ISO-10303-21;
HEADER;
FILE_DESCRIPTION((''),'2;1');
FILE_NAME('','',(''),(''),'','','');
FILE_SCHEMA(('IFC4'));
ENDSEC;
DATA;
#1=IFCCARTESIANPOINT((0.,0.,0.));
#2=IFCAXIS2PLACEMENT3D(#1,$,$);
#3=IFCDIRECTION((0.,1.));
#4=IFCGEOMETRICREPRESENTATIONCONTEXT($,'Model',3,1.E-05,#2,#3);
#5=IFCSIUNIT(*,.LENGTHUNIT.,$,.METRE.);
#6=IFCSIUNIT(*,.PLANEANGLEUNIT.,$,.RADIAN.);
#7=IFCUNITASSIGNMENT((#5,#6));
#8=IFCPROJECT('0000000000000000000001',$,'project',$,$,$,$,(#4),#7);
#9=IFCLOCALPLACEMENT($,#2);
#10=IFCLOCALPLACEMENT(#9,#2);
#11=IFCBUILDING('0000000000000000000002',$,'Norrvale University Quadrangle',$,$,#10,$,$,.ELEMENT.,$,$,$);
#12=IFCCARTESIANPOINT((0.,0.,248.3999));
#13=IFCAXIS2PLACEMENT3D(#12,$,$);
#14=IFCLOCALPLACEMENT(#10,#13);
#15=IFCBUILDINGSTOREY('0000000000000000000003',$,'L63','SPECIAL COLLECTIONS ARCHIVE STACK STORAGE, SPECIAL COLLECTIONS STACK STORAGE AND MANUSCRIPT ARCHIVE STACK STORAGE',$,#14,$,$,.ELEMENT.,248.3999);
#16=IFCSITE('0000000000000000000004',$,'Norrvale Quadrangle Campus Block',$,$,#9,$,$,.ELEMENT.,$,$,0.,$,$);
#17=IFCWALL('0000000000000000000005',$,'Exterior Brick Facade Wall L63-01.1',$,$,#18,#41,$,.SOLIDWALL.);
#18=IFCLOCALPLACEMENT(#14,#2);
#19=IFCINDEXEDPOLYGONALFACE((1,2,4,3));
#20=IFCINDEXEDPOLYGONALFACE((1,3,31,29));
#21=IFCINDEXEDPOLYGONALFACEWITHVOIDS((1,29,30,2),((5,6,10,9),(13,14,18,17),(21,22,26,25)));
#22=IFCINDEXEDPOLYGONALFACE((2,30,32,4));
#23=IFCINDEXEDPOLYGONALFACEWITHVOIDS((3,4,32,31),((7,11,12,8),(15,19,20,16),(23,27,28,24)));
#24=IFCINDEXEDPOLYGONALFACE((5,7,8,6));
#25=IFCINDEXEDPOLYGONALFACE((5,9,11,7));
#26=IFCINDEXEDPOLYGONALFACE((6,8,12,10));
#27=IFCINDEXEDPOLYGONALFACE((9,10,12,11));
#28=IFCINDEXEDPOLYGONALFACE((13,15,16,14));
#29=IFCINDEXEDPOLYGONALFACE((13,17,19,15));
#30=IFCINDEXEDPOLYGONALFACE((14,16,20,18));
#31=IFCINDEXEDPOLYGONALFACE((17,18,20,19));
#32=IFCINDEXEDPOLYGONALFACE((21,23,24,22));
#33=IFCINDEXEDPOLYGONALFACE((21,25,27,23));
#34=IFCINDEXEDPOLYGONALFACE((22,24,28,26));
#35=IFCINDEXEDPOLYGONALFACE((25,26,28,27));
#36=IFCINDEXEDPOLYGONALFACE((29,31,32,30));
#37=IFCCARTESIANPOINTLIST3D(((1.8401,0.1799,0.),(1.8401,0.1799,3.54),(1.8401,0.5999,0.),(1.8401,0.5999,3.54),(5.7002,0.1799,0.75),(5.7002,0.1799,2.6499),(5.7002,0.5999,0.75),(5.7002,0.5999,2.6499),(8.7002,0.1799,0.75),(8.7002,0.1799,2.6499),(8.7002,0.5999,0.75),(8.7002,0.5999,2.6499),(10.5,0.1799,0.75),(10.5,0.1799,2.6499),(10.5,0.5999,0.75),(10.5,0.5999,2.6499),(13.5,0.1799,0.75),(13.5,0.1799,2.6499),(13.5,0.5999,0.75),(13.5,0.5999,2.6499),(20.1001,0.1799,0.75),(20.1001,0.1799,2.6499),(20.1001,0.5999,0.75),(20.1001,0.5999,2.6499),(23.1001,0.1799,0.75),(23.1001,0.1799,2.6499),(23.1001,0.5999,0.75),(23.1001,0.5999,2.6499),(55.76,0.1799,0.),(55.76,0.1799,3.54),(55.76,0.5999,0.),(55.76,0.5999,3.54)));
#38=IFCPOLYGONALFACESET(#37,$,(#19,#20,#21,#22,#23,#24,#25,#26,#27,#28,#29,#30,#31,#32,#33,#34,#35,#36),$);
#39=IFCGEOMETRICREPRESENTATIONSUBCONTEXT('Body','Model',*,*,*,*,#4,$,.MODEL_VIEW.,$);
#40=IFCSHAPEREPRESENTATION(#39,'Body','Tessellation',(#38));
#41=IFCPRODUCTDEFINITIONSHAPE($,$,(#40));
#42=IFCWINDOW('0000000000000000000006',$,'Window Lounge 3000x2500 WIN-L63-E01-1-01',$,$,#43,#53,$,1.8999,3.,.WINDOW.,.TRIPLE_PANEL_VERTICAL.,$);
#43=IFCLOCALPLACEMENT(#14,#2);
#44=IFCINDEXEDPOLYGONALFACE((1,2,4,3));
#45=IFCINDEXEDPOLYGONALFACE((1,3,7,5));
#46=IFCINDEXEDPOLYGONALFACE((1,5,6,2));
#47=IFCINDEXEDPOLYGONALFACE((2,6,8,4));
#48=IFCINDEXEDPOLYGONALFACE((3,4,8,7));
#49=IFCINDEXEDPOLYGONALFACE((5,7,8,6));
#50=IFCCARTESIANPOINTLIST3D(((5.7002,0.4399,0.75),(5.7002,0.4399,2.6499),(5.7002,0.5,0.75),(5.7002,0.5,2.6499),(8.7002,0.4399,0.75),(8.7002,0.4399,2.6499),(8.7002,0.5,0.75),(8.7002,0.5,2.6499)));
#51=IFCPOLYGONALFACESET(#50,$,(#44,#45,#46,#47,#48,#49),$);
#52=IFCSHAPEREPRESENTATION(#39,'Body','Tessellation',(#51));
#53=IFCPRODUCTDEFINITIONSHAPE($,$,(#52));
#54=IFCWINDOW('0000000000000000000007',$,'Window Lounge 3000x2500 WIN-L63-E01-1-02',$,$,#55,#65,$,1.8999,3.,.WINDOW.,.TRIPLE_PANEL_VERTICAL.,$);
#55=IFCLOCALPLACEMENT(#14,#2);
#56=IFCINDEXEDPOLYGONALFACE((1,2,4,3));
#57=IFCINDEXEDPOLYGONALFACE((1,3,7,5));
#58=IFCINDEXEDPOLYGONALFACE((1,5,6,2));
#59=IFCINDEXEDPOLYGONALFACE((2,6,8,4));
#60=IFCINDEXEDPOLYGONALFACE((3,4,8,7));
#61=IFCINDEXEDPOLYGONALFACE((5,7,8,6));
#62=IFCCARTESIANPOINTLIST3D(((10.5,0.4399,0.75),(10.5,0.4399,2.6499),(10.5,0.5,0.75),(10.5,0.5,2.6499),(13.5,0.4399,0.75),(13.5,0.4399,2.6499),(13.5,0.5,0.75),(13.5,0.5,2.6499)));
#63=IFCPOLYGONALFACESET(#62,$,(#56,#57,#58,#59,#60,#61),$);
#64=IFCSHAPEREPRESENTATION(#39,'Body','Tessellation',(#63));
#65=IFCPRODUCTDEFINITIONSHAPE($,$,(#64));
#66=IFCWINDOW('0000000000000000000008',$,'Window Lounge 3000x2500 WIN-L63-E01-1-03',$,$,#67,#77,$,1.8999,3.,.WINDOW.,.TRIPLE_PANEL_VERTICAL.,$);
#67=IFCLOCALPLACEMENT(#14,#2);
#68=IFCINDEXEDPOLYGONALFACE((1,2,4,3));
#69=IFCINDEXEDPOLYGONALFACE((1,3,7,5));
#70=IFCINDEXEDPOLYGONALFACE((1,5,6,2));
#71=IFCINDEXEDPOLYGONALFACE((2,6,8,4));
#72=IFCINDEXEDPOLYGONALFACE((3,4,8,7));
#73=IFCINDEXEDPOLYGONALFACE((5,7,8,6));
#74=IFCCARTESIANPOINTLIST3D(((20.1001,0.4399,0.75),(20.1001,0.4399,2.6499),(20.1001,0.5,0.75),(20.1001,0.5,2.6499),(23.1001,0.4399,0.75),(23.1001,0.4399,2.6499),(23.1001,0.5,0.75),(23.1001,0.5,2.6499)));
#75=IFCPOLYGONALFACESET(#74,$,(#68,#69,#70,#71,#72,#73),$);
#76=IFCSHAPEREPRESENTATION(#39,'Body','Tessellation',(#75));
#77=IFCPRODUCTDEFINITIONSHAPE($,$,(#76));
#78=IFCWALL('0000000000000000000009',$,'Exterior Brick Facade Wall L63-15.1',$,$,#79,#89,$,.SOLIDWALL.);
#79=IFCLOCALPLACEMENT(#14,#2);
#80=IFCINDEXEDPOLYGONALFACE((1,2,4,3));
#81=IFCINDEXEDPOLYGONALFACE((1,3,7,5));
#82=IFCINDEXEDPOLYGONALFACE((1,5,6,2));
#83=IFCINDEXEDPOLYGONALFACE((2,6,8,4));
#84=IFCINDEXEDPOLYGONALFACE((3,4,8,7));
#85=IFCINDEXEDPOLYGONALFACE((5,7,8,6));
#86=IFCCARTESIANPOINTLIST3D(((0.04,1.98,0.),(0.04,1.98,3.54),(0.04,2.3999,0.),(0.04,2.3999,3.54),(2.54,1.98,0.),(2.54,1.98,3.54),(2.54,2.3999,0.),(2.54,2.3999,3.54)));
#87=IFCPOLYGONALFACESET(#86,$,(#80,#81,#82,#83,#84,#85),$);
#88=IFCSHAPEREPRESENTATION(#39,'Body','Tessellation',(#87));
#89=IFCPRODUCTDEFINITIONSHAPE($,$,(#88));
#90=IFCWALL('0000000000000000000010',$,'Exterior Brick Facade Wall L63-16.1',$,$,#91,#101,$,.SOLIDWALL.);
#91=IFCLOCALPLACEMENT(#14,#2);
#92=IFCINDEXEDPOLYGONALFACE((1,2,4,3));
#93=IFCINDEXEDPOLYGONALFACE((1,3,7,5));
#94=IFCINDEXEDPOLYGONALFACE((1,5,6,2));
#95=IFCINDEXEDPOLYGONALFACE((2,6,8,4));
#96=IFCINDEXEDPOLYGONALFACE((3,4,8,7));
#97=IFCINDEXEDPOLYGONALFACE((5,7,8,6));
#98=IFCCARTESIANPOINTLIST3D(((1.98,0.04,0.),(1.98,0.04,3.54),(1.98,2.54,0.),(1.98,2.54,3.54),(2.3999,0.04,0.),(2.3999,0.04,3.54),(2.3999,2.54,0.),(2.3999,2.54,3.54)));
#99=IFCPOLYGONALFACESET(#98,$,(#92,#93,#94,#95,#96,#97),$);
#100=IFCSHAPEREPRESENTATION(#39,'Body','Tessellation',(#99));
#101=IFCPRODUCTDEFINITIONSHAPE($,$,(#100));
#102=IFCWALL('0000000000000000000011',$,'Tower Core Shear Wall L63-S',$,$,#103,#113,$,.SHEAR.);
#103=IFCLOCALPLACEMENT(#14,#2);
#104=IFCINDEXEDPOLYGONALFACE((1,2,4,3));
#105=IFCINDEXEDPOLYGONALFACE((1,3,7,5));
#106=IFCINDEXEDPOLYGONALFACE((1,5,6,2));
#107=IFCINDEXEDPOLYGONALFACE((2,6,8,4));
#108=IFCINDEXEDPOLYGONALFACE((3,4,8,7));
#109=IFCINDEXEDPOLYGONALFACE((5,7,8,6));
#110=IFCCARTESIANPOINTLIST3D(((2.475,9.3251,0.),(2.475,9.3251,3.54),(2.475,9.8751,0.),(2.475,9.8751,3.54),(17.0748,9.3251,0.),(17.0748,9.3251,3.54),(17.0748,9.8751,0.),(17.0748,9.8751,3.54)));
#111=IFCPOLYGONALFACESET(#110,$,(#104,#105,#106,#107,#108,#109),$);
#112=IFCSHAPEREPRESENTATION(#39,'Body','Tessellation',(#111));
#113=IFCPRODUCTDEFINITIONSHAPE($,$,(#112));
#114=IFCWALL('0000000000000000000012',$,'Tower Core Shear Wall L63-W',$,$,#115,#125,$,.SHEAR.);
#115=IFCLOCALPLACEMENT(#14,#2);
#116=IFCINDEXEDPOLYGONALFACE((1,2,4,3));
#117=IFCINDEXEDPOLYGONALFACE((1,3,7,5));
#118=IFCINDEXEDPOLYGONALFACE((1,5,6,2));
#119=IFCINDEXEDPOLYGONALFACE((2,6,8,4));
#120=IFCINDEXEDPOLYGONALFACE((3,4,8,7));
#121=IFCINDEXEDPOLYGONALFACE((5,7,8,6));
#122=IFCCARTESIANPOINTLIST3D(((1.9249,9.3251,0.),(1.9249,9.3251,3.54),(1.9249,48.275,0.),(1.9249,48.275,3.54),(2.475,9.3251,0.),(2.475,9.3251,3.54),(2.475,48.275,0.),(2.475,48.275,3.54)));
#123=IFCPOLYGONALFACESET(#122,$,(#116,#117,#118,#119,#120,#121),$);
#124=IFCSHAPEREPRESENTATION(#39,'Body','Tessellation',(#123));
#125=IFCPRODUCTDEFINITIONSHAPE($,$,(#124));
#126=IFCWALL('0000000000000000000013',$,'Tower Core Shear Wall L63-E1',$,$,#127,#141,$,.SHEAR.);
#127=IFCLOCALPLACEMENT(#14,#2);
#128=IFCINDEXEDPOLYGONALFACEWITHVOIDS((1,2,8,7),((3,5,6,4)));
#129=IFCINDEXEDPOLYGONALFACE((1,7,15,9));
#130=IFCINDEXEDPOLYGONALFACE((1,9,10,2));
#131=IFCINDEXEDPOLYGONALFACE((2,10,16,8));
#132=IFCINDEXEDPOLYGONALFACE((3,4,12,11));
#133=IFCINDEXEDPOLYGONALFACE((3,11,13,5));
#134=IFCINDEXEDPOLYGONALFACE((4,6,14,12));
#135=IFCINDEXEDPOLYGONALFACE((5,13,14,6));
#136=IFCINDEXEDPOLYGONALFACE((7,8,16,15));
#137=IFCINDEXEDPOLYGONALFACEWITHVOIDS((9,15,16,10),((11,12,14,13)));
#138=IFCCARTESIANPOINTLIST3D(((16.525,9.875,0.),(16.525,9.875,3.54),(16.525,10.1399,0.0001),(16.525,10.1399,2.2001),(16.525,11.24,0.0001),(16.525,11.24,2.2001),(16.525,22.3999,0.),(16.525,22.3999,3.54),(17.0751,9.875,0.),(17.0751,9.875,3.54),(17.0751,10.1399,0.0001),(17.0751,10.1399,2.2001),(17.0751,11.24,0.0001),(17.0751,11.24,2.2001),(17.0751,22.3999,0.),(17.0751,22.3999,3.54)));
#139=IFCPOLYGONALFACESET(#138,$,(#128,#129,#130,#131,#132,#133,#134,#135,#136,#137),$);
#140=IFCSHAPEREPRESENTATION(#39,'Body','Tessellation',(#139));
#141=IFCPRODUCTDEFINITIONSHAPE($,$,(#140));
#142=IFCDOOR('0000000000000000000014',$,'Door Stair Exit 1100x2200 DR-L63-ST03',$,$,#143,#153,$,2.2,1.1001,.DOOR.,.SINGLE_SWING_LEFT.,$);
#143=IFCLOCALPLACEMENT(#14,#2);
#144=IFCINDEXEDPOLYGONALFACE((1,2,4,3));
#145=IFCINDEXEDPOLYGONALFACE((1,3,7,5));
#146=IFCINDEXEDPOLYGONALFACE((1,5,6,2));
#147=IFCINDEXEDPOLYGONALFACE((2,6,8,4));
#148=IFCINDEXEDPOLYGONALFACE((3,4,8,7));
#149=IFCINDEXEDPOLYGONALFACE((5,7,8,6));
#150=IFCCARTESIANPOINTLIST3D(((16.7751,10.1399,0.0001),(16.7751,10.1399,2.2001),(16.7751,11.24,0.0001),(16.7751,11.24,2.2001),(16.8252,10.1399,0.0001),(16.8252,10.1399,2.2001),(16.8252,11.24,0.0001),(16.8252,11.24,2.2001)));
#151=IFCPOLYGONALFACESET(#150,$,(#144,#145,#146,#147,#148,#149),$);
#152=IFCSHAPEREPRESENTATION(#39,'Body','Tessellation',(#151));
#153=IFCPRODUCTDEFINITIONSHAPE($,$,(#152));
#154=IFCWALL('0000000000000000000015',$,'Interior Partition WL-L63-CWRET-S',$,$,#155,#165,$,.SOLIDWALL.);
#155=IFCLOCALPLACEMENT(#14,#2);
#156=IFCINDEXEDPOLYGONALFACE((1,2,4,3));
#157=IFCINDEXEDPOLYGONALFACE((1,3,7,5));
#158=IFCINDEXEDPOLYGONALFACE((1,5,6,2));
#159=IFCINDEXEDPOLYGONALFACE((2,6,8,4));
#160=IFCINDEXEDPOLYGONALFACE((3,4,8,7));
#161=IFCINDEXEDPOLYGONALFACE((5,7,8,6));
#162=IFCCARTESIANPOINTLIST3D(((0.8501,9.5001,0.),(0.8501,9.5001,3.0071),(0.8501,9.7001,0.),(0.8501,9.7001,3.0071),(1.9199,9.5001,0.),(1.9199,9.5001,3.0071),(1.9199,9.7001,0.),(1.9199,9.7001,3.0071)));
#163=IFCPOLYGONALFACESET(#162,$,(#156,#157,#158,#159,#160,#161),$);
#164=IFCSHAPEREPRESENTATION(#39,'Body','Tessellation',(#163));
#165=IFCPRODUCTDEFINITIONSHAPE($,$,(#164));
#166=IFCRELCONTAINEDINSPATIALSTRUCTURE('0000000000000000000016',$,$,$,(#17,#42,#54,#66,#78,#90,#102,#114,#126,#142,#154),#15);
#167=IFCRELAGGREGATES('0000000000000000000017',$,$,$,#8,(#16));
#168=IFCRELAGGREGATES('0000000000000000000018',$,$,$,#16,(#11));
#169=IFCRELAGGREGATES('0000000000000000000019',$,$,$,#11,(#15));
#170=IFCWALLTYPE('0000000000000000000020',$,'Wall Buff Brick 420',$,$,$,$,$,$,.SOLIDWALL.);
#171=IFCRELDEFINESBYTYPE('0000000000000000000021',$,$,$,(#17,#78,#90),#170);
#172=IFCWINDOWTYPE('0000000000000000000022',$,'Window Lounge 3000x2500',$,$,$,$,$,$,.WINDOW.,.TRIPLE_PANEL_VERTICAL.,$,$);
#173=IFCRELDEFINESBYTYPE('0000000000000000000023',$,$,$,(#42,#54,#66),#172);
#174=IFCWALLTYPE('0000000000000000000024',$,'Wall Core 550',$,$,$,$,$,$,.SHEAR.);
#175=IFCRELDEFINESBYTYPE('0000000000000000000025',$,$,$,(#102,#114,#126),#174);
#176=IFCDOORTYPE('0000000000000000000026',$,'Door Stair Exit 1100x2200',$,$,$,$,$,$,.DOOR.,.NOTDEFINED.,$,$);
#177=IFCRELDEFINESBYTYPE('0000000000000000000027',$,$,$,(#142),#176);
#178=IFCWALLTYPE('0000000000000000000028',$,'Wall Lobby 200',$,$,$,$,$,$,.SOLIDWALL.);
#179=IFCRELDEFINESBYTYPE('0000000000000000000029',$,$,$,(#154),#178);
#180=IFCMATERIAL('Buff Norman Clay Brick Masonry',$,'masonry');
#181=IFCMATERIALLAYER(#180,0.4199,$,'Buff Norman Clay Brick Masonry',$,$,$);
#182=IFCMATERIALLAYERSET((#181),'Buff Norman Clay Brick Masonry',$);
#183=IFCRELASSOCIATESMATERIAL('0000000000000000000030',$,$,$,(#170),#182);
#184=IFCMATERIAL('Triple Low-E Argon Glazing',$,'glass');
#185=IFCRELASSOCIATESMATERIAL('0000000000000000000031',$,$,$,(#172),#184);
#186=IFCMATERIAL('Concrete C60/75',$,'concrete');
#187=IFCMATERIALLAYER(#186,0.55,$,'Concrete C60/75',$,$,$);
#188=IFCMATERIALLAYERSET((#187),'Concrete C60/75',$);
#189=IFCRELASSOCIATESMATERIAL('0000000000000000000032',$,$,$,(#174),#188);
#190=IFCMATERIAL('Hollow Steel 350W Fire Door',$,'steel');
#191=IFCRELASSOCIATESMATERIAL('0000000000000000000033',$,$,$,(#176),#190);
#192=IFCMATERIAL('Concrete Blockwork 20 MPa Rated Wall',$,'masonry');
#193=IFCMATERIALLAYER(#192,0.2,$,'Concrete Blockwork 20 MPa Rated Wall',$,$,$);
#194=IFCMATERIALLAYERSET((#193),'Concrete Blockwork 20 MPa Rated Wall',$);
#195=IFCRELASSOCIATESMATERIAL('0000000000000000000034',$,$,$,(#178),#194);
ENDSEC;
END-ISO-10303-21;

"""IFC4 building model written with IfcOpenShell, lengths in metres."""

from ifc_helpers import new_model, si_unit, direction, frame, frame_2d, origin, place, context, subcontext, project, spatial, rectangle, extrude, material, layer, layer_set, type_object, element, fill, save


model = new_model("IFC4")

# Units and contexts
model_context = context("Model", 3, precision=1e-05, world=origin(), true_north=direction((0.0, 1.0)))
body_context = subcontext(model_context, "Body", "Model", "MODEL_VIEW")
ifc_project = project(units=[si_unit("LENGTHUNIT", "METRE"), si_unit("PLANEANGLEUNIT", "RADIAN")], contexts=[model_context])

# Site, building, storey
site_placement = place(None, origin())
site = spatial("IfcSite", under=ifc_project, at=site_placement, Name="Norrvale Quadrangle Campus Block", CompositionType="ELEMENT", RefElevation=0.0)
building_placement = place(site_placement, origin())
building = spatial("IfcBuilding", under=site, at=building_placement, Name="Norrvale University Quadrangle", CompositionType="ELEMENT")
storey_placement = place(building_placement, frame((0.0, 0.0, 248.3999)))
storey = spatial("IfcBuildingStorey", under=building, at=storey_placement, Name="L63", Description="SPECIAL COLLECTIONS ARCHIVE STACK STORAGE, SPECIAL COLLECTIONS STACK STORAGE AND MANUSCRIPT ARCHIVE STACK STORAGE", CompositionType="ELEMENT", Elevation=248.3999)

# Shared definitions
ifc_material_1 = material(Name="Concrete C60/75", Category="concrete")

# Wall, openings, windows
ifc_material_2 = material(Name="Buff Norman Clay Brick Masonry", Category="masonry")
ifc_layer_1 = layer(ifc_material_2, 0.4199, Name="Buff Norman Clay Brick Masonry")
ifc_layer_set_1 = layer_set([ifc_layer_1], Name="Buff Norman Clay Brick Masonry")
wall_type_1 = type_object("IfcWallType", Name="Wall Buff Brick 420", PredefinedType="SOLIDWALL", material=ifc_layer_set_1)
wall_1_placement = place(storey_placement, frame((1.8401, 0.3899, 0.0), z_axis=(0.0, 0.0, 1.0), x_axis=(1.0, 0.0, 0.0)))
wall_1 = element("IfcWall", 1, at=wall_1_placement, inside=storey, type_object=wall_type_1, Name="Exterior Brick Facade Wall L63-01.1", PredefinedType="SOLIDWALL", context=body_context, shape_type="SweptSolid", body=[
    extrude(rectangle(XDim=53.9199, YDim=0.4199, at=frame_2d((26.96, 0.0))), origin(), (0.0, 0.0, 1.0), 3.54),
])
opening_1_placement = place(wall_1_placement, frame((3.8601, 0.0, 0.75)))
opening_1 = element("IfcOpeningElement", 2, at=opening_1_placement, cuts=wall_1, PredefinedType="OPENING", context=body_context, shape_type="SweptSolid", body=[
    extrude(rectangle(XDim=3.0, YDim=1.8999, at=frame_2d((1.5, 0.95))), frame((0.0, 0.2219, 0.0), z_axis=(0.0, -1.0, 0.0), x_axis=(1.0, 0.0, 0.0)), (0.0, 0.0, 1.0), 0.4438),
])
opening_2_placement = place(wall_1_placement, frame((8.6599, 0.0, 0.75)))
opening_2 = element("IfcOpeningElement", 3, at=opening_2_placement, cuts=wall_1, PredefinedType="OPENING", context=body_context, shape_type="SweptSolid", body=[
    extrude(rectangle(XDim=3.0, YDim=1.8999, at=frame_2d((1.5, 0.95))), frame((0.0, 0.2219, 0.0), z_axis=(0.0, -1.0, 0.0), x_axis=(1.0, 0.0, 0.0)), (0.0, 0.0, 1.0), 0.4438),
])
opening_3_placement = place(wall_1_placement, frame((18.26, 0.0, 0.75)))
opening_3 = element("IfcOpeningElement", 4, at=opening_3_placement, cuts=wall_1, PredefinedType="OPENING", context=body_context, shape_type="SweptSolid", body=[
    extrude(rectangle(XDim=3.0, YDim=1.8999, at=frame_2d((1.5, 0.95))), frame((0.0, 0.2219, 0.0), z_axis=(0.0, -1.0, 0.0), x_axis=(1.0, 0.0, 0.0)), (0.0, 0.0, 1.0), 0.4438),
])
ifc_material_3 = material(Name="Triple Low-E Argon Glazing", Category="glass")
window_type = type_object("IfcWindowType", Name="Window Lounge 3000x2500", PartitioningType="TRIPLE_PANEL_VERTICAL", PredefinedType="WINDOW", material=ifc_material_3)
window_1_placement = place(opening_1_placement, origin())
window_1 = element("IfcWindow", 5, at=window_1_placement, inside=storey, type_object=window_type, Name="Window Lounge 3000x2500 WIN-L63-E01-1-01", OverallHeight=1.8999, OverallWidth=3.0, PartitioningType="TRIPLE_PANEL_VERTICAL", PredefinedType="WINDOW", context=body_context, shape_type="SweptSolid", body=[
    extrude(rectangle(XDim=3.0, YDim=1.8999, at=frame_2d((1.5, 0.95))), frame((0.0, 0.1101, 0.0), z_axis=(0.0, -1.0, 0.0), x_axis=(1.0, 0.0, 0.0)), (0.0, 0.0, 1.0), 0.0601),
])
fill(opening_1, window_1)
window_2_placement = place(opening_2_placement, origin())
window_2 = element("IfcWindow", 6, at=window_2_placement, inside=storey, type_object=window_type, Name="Window Lounge 3000x2500 WIN-L63-E01-1-02", OverallHeight=1.8999, OverallWidth=3.0, PartitioningType="TRIPLE_PANEL_VERTICAL", PredefinedType="WINDOW", context=body_context, shape_type="SweptSolid", body=[
    extrude(rectangle(XDim=3.0, YDim=1.8999, at=frame_2d((1.5, 0.95))), frame((0.0, 0.1101, 0.0), z_axis=(0.0, -1.0, 0.0), x_axis=(1.0, 0.0, 0.0)), (0.0, 0.0, 1.0), 0.0601),
])
fill(opening_2, window_2)
window_3_placement = place(opening_3_placement, origin())
window_3 = element("IfcWindow", 7, at=window_3_placement, inside=storey, type_object=window_type, Name="Window Lounge 3000x2500 WIN-L63-E01-1-03", OverallHeight=1.8999, OverallWidth=3.0, PartitioningType="TRIPLE_PANEL_VERTICAL", PredefinedType="WINDOW", context=body_context, shape_type="SweptSolid", body=[
    extrude(rectangle(XDim=3.0, YDim=1.8999, at=frame_2d((1.5, 0.95))), frame((0.0, 0.1101, 0.0), z_axis=(0.0, -1.0, 0.0), x_axis=(1.0, 0.0, 0.0)), (0.0, 0.0, 1.0), 0.0601),
])
fill(opening_3, window_3)

# Walls
for number, where, z_axis, x_axis, name in (
    (8, (0.04, 2.1899, 0.0), (0.0, 0.0, 1.0), (1.0, 0.0, 0.0), "Exterior Brick Facade Wall L63-15.1"),
    (9, (2.1899, 2.54, 0.0), (0.0, 0.0, 1.0), (0.0, -1.0, 0.0), "Exterior Brick Facade Wall L63-16.1"),
):
    element("IfcWall", number, at=place(storey_placement, frame(where, z_axis=z_axis, x_axis=x_axis)), inside=storey, type_object=wall_type_1, Name=name, PredefinedType="SOLIDWALL", context=body_context, shape_type="SweptSolid", body=[
        extrude(rectangle(XDim=2.5, YDim=0.4199, at=frame_2d((1.25, 0.0))), origin(), (0.0, 0.0, 1.0), 3.54),
    ])
ifc_layer_2 = layer(ifc_material_1, 0.55, Name="Concrete C60/75")
ifc_layer_set_2 = layer_set([ifc_layer_2], Name="Concrete C60/75")
wall_type_2 = type_object("IfcWallType", Name="Wall Core 550", PredefinedType="SHEAR", material=ifc_layer_set_2)
wall_2_placement = place(storey_placement, frame((2.4751, 9.6001, 0.0), z_axis=(0.0, 0.0, 1.0), x_axis=(1.0, 0.0, 0.0)))
element("IfcWall", 10, at=wall_2_placement, inside=storey, type_object=wall_type_2, Name="Tower Core Shear Wall L63-S", PredefinedType="SHEAR", context=body_context, shape_type="SweptSolid", body=[
    extrude(rectangle(XDim=14.5999, YDim=0.55, at=frame_2d((7.2998, 0.0))), origin(), (0.0, 0.0, 1.0), 3.54),
])
wall_3_placement = place(storey_placement, frame((2.2, 9.325, 0.0), z_axis=(0.0, 0.0, 1.0), x_axis=(0.0, 1.0, 0.0)))
element("IfcWall", 11, at=wall_3_placement, inside=storey, type_object=wall_type_2, Name="Tower Core Shear Wall L63-W", PredefinedType="SHEAR", context=body_context, shape_type="SweptSolid", body=[
    extrude(rectangle(XDim=38.95, YDim=0.55, at=frame_2d((19.4751, 0.0))), origin(), (0.0, 0.0, 1.0), 3.54),
])

# Wall, opening, door
wall_4_placement = place(storey_placement, frame((16.8, 9.875, 0.0), z_axis=(0.0, 0.0, 1.0), x_axis=(0.0, 1.0, 0.0)))
wall_4 = element("IfcWall", 12, at=wall_4_placement, inside=storey, type_object=wall_type_2, Name="Tower Core Shear Wall L63-E1", PredefinedType="SHEAR", context=body_context, shape_type="SweptSolid", body=[
    extrude(rectangle(XDim=12.5249, YDim=0.55, at=frame_2d((6.2625, 0.0))), origin(), (0.0, 0.0, 1.0), 3.54),
])
opening_4_placement = place(wall_4_placement, frame((0.2649, 0.0, 0.0)))
opening_4 = element("IfcOpeningElement", 13, at=opening_4_placement, cuts=wall_4, PredefinedType="OPENING", context=body_context, shape_type="SweptSolid", body=[
    extrude(rectangle(XDim=1.1001, YDim=2.2, at=frame_2d((0.55, 1.1001))), frame((0.0, 0.2871, 0.0), z_axis=(0.0, -1.0, 0.0), x_axis=(1.0, 0.0, 0.0)), (0.0, 0.0, 1.0), 0.574),
])
ifc_material_4 = material(Name="Hollow Steel 350W Fire Door", Category="steel")
door_type = type_object("IfcDoorType", Name="Door Stair Exit 1100x2200", OperationType="NOTDEFINED", PredefinedType="DOOR", material=ifc_material_4)
door_1_placement = place(opening_4_placement, origin())
door_1 = element("IfcDoor", 14, at=door_1_placement, inside=storey, type_object=door_type, Name="Door Stair Exit 1100x2200 DR-L63-ST03", OperationType="SINGLE_SWING_LEFT", OverallHeight=2.2, OverallWidth=1.1001, PredefinedType="DOOR", context=body_context, shape_type="SweptSolid", body=[
    extrude(rectangle(XDim=1.1001, YDim=2.2, at=frame_2d((0.55, 1.1001))), frame((0.0, 0.0249, 0.0), z_axis=(0.0, -1.0, 0.0), x_axis=(1.0, 0.0, 0.0)), (0.0, 0.0, 1.0), 0.05),
])
fill(opening_4, door_1)

# Wall
ifc_material_5 = material(Name="Concrete Blockwork 20 MPa Rated Wall", Category="masonry")
ifc_layer_3 = layer(ifc_material_5, 0.2, Name="Concrete Blockwork 20 MPa Rated Wall")
ifc_layer_set_3 = layer_set([ifc_layer_3], Name="Concrete Blockwork 20 MPa Rated Wall")
wall_type_3 = type_object("IfcWallType", Name="Wall Lobby 200", PredefinedType="SOLIDWALL", material=ifc_layer_set_3)
wall_5_placement = place(storey_placement, frame((0.8501, 9.6001, 0.0), z_axis=(0.0, 0.0, 1.0), x_axis=(1.0, 0.0, 0.0)))
element("IfcWall", 15, at=wall_5_placement, inside=storey, type_object=wall_type_3, Name="Interior Partition WL-L63-CWRET-S", PredefinedType="SOLIDWALL", context=body_context, shape_type="SweptSolid", body=[
    extrude(rectangle(XDim=1.0698, YDim=0.2, at=frame_2d((0.5349, 0.0))), origin(), (0.0, 0.0, 1.0), 3.0071),
])

save(model, "model.ifc")
